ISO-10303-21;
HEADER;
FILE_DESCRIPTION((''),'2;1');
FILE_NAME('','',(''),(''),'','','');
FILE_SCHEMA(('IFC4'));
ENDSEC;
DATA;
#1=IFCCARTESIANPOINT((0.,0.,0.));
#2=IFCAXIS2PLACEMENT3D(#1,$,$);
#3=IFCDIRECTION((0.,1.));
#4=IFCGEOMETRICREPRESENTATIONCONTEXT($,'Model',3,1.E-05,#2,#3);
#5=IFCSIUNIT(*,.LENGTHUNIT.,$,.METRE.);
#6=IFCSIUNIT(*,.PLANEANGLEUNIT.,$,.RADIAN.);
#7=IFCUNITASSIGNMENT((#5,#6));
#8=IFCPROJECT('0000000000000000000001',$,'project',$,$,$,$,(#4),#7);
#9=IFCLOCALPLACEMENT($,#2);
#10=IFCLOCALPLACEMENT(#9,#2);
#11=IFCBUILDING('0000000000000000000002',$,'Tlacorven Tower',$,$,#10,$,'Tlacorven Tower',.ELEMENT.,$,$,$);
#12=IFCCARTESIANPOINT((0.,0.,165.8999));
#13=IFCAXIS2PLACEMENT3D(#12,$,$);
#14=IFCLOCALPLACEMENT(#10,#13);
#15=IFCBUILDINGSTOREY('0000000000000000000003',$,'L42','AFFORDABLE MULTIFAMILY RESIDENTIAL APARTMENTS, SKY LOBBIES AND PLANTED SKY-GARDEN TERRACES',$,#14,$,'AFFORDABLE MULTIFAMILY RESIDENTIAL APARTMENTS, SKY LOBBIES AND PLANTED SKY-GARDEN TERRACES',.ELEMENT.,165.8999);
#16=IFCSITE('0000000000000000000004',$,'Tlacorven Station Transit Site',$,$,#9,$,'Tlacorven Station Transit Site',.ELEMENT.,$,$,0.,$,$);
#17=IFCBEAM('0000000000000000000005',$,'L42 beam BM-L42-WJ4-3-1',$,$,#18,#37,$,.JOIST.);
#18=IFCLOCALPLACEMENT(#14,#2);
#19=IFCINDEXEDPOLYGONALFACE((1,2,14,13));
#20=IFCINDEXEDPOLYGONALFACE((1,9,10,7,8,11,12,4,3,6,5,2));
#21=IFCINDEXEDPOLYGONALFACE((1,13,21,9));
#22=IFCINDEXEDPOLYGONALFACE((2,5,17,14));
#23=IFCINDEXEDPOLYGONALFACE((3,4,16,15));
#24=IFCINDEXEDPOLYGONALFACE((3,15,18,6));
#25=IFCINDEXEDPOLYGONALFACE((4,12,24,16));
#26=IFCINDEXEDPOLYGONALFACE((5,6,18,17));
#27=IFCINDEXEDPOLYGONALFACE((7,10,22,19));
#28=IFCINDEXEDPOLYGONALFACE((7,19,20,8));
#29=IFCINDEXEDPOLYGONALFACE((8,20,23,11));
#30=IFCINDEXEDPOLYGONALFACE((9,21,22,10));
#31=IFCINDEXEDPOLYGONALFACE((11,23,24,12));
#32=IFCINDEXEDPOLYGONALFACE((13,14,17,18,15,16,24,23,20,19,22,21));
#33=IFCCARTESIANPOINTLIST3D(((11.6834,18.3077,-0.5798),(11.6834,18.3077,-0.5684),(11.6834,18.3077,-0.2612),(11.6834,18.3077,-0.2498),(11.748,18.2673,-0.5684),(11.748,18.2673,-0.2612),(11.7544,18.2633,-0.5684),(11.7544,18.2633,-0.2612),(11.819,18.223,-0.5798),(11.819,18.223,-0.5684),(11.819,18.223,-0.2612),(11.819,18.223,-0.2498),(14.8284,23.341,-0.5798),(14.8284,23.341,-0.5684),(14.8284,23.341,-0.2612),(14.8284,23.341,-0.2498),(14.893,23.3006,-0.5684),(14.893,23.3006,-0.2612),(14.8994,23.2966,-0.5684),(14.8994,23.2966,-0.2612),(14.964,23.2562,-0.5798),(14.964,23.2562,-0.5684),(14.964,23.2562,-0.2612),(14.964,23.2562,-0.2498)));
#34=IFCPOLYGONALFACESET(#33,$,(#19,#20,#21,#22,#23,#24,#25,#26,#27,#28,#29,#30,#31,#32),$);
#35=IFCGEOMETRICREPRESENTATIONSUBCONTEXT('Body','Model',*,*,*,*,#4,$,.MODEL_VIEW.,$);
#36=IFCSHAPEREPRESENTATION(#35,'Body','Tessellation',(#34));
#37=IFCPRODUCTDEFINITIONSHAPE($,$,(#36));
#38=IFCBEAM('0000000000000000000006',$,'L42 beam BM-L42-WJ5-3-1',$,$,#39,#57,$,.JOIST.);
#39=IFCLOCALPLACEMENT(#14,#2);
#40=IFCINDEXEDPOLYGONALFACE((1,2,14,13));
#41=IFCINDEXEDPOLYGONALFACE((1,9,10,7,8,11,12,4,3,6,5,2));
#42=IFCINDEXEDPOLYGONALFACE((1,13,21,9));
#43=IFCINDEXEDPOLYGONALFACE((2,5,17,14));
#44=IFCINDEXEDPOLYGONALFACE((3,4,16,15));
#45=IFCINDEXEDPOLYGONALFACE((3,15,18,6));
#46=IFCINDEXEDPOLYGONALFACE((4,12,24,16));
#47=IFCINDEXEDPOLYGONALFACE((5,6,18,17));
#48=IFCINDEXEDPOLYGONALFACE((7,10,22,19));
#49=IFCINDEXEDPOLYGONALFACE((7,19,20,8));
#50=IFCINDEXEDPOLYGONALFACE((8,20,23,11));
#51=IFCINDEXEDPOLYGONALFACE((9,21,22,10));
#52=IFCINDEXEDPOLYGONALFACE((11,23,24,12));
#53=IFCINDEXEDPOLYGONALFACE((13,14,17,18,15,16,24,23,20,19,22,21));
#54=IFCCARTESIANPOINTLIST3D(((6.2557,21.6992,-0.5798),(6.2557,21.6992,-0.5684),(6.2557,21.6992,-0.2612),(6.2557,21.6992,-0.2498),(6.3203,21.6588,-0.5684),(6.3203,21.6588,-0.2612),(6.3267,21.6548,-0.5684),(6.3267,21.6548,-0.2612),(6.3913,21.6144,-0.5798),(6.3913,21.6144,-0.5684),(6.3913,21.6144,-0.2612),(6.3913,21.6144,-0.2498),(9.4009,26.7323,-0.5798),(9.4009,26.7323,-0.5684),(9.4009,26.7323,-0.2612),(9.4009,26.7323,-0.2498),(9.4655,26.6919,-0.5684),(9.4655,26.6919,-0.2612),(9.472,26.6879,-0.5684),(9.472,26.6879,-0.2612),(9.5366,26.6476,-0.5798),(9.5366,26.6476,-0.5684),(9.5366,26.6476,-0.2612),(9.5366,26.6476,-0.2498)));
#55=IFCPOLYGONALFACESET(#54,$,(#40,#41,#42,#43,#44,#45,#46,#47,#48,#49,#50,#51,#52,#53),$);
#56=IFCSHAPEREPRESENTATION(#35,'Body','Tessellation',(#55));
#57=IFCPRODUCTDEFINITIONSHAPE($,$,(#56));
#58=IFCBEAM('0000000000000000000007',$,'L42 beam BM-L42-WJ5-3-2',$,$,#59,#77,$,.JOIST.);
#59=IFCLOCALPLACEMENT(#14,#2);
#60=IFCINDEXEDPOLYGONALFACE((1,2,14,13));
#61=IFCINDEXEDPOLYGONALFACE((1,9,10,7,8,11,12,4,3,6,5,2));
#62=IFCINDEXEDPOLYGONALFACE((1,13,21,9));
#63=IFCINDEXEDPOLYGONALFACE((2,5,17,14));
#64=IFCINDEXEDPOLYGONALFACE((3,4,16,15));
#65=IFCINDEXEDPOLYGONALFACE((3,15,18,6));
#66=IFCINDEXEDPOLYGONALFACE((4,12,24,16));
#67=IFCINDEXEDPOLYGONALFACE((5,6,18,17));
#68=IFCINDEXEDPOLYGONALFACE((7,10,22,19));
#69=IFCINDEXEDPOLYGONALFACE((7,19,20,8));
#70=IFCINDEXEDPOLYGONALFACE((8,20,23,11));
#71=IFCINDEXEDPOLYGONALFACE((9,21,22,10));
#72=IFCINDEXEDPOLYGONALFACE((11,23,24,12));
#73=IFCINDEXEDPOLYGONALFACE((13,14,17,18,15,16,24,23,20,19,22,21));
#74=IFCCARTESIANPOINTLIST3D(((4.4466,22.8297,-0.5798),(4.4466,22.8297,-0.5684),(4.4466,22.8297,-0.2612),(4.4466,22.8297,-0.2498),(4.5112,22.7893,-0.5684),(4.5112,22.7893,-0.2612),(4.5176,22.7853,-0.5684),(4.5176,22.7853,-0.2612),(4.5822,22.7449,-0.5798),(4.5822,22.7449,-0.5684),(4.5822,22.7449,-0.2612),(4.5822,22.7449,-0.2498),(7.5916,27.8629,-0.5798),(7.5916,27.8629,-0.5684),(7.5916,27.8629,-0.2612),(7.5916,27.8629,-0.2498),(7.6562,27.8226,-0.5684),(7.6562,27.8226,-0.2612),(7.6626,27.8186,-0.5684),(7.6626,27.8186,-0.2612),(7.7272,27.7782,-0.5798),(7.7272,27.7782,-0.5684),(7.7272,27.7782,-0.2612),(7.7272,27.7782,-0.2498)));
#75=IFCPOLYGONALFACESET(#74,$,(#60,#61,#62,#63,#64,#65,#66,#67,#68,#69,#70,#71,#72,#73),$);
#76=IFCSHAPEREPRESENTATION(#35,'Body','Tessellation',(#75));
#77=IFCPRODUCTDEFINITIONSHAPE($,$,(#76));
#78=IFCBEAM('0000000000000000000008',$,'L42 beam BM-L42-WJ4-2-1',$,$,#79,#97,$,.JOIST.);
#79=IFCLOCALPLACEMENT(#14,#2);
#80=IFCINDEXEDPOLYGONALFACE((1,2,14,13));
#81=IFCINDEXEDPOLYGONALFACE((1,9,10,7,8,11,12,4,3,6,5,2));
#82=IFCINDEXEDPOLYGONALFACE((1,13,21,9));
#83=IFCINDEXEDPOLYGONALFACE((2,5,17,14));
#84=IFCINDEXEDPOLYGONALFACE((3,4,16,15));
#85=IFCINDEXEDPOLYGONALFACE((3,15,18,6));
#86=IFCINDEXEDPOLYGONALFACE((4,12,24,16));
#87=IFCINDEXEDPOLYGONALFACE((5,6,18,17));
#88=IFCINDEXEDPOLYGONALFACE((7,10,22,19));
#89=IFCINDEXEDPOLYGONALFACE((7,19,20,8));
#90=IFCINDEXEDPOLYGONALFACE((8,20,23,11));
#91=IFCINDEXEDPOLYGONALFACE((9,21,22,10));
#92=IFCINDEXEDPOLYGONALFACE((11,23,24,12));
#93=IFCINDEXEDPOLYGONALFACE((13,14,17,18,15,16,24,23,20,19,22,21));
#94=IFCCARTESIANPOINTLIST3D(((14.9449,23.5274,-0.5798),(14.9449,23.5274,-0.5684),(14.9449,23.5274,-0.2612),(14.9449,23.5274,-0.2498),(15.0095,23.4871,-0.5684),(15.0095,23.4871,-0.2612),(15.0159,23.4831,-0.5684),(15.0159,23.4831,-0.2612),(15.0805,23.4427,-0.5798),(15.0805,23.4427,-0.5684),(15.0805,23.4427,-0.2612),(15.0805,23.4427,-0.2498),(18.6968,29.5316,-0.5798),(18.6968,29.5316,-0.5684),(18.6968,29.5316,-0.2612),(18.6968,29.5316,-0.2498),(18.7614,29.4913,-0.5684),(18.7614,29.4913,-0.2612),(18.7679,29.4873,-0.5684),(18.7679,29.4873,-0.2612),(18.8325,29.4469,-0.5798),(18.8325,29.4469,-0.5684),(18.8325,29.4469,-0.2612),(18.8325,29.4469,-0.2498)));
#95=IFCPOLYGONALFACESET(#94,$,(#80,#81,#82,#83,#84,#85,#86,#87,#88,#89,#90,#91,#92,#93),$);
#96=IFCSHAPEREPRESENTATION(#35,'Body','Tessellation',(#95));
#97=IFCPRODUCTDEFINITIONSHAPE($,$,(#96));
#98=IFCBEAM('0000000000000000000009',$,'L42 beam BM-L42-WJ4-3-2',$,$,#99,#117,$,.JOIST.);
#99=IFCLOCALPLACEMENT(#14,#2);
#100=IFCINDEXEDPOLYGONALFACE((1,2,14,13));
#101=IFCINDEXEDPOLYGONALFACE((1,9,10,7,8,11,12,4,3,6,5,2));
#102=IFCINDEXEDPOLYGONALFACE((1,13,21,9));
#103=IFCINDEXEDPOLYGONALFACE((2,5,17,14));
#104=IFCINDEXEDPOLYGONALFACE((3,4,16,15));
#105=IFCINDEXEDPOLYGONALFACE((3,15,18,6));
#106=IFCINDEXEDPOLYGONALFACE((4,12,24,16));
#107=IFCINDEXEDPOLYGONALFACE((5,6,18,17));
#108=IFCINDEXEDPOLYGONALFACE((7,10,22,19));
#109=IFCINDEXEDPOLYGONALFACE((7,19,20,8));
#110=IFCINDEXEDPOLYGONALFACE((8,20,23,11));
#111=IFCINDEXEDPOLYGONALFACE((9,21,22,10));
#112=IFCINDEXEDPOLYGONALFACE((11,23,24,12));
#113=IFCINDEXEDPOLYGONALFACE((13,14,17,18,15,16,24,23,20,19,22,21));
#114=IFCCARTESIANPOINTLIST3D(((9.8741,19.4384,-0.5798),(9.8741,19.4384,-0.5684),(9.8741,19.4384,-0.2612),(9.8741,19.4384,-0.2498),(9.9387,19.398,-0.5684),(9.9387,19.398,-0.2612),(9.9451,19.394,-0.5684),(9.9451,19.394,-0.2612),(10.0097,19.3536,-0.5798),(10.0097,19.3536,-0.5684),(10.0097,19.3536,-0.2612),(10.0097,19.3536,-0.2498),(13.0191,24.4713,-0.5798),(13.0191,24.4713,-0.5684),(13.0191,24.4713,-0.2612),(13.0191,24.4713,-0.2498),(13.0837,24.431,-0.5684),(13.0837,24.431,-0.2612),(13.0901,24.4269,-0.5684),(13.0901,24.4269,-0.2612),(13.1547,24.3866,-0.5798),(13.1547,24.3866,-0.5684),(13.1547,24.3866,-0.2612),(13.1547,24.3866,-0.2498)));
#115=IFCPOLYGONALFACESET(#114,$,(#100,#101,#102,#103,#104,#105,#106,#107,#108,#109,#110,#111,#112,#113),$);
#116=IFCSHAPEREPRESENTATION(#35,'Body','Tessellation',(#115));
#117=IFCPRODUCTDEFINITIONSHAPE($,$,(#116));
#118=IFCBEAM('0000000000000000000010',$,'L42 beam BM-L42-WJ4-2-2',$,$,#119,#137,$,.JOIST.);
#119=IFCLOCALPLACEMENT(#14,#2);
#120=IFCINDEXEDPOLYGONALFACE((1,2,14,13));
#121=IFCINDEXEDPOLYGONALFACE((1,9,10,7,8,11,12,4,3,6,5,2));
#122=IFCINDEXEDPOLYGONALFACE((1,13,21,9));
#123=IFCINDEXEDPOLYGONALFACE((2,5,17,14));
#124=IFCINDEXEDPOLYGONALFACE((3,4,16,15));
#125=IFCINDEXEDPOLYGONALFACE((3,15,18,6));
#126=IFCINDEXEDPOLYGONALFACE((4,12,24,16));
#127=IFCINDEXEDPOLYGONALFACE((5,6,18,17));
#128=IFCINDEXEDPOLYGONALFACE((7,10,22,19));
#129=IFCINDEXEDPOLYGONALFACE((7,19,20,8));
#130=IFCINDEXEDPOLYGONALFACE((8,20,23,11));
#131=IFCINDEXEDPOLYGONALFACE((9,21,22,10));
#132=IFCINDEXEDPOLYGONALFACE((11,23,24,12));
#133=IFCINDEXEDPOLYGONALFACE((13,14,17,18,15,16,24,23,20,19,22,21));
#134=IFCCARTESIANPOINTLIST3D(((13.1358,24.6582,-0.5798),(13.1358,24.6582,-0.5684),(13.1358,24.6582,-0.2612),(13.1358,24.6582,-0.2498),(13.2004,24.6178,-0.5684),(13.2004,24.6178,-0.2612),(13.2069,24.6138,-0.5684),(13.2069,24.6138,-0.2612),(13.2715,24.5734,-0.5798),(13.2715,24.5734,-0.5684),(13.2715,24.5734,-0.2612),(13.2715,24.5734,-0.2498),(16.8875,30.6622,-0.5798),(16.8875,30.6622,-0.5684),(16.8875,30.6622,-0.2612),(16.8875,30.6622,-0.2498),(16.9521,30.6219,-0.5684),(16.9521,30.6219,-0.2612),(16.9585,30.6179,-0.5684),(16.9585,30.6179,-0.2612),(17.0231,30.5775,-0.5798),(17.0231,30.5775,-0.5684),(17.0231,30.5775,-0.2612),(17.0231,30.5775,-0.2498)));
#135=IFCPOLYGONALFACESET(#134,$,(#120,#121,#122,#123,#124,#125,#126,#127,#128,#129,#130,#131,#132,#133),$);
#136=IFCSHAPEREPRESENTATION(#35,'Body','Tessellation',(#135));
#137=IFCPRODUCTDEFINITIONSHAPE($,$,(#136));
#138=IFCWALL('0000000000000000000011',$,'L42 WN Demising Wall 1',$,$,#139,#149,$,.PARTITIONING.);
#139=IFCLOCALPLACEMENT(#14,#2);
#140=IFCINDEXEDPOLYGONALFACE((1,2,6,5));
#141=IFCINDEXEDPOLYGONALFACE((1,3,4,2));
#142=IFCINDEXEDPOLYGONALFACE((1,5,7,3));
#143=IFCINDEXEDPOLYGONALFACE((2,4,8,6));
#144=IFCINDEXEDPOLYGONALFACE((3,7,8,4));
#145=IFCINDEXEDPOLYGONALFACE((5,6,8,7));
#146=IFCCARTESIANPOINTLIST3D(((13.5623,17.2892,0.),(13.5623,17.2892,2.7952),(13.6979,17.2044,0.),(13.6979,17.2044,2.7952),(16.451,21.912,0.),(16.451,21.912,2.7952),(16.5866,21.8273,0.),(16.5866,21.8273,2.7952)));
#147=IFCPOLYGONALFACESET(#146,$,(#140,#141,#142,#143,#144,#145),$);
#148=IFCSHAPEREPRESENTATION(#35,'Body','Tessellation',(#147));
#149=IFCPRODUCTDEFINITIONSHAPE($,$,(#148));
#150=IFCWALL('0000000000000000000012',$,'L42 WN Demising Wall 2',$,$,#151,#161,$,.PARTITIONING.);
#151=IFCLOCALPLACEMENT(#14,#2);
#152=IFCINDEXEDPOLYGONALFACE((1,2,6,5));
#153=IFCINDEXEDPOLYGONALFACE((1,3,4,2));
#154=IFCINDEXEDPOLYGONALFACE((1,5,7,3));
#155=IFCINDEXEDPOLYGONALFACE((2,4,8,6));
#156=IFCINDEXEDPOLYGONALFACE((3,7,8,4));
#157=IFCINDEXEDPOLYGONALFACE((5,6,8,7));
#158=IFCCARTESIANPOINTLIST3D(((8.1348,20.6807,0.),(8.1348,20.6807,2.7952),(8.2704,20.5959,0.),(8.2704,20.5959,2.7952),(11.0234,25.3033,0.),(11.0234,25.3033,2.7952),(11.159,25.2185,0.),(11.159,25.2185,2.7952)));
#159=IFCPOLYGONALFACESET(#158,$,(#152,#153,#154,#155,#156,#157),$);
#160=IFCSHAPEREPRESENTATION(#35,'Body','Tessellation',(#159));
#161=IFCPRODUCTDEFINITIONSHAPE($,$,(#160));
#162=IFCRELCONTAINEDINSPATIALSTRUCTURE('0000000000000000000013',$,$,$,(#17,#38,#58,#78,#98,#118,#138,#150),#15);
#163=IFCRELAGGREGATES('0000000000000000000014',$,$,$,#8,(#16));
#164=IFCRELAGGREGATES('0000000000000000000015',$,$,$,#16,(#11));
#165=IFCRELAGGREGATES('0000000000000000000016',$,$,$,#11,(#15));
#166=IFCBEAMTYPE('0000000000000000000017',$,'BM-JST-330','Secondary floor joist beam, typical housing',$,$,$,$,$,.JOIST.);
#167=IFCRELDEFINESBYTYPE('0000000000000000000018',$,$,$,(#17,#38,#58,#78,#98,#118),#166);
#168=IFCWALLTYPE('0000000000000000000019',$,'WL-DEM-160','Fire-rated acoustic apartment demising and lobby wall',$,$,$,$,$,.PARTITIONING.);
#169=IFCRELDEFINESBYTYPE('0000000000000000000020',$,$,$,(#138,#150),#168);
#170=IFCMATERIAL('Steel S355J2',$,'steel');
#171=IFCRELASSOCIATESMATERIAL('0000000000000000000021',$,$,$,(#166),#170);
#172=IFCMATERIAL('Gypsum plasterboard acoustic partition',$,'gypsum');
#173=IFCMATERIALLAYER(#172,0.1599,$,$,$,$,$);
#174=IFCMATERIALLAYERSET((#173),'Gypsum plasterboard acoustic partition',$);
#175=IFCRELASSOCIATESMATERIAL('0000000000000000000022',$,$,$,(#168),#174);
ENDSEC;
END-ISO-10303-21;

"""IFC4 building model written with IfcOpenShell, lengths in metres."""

from ifc_helpers import new_model, si_unit, direction, frame, frame_2d, origin, origin_2d, place, context, subcontext, project, spatial, rectangle, i_section, extrude, source, transform, mapped, material, layer, layer_set, material_profile, profile_set, type_object, element, save


model = new_model("IFC4")

# Units and contexts
model_context = context("Model", 3, precision=1e-05, world=origin(), true_north=direction((0.0, 1.0)))
body_context = subcontext(model_context, "Body", "Model", "MODEL_VIEW")
ifc_project = project(units=[si_unit("LENGTHUNIT", "METRE"), si_unit("PLANEANGLEUNIT", "RADIAN")], contexts=[model_context])

# Site, building, storey
site_placement = place(None, origin())
site = spatial("IfcSite", under=ifc_project, at=site_placement, Name="Tlacorven Station Transit Site", LongName="Tlacorven Station Transit Site", CompositionType="ELEMENT", RefElevation=0.0)
building_placement = place(site_placement, origin())
building = spatial("IfcBuilding", under=site, at=building_placement, Name="Tlacorven Tower", LongName="Tlacorven Tower", CompositionType="ELEMENT")
storey_placement = place(building_placement, frame((0.0, 0.0, 165.8999)))
storey = spatial("IfcBuildingStorey", under=building, at=storey_placement, Name="L42", Description="AFFORDABLE MULTIFAMILY RESIDENTIAL APARTMENTS, SKY LOBBIES AND PLANTED SKY-GARDEN TERRACES", LongName="AFFORDABLE MULTIFAMILY RESIDENTIAL APARTMENTS, SKY LOBBIES AND PLANTED SKY-GARDEN TERRACES", CompositionType="ELEMENT", Elevation=165.8999)

# Beams
ifc_material_1 = material(Name="Steel S355J2", Category="steel")
ifc_material_profile_1 = material_profile(ifc_material_1, i_section(OverallWidth=0.1599, OverallDepth=0.3301, WebThickness=0.0076, FlangeThickness=0.0115, at=origin_2d()), Name="IPE 330")
ifc_profile_set_1 = profile_set([ifc_material_profile_1], Name="Steel S355J2")
beam_type_1 = type_object("IfcBeamType", Name="BM-JST-330", Description="Secondary floor joist beam, typical housing", PredefinedType="JOIST", material=ifc_profile_set_1)
shared_shape_1 = source(origin(), body_context, "Body", "SweptSolid", [
    extrude(i_section(OverallWidth=0.1599, OverallDepth=0.3301, WebThickness=0.0076, FlangeThickness=0.0115, at=origin_2d()), origin(), (0.0, 0.0, 1.0), 5.9351),
])
for number, where, z_axis, x_axis, name in (
    (1, (14.8962, 23.2986, -0.4148), (-0.52991, -0.848054, 0.0), (0.848054, -0.52991, 0.0), "L42 beam BM-L42-WJ4-3-1"),
    (2, (9.4688, 26.6899, -0.4148), (-0.52994, -0.848035, 0.0), (0.848035, -0.52994, 0.0), "L42 beam BM-L42-WJ5-3-1"),
    (3, (7.6594, 27.8206, -0.4148), (-0.52991, -0.848054, 0.0), (0.848054, -0.52991, 0.0), "L42 beam BM-L42-WJ5-3-2"),
):
    element("IfcBeam", number, at=place(storey_placement, frame(where, z_axis=z_axis, x_axis=x_axis)), inside=storey, type_object=beam_type_1, Name=name, PredefinedType="JOIST", context=body_context, shape_type="MappedRepresentation", body=[
        mapped(shared_shape_1, transform((0.0, 0.0, 0.0), scale=1.0)),
    ])
shared_shape_2 = source(origin(), body_context, "Body", "SweptSolid", [
    extrude(i_section(OverallWidth=0.1599, OverallDepth=0.3301, WebThickness=0.0076, FlangeThickness=0.0115, at=origin_2d()), origin(), (0.0, 0.0, 1.0), 7.0801),
])
beam_1_placement = place(storey_placement, frame((18.7646, 29.4893, -0.4148), z_axis=(-0.529934, -0.848039, 0.0), x_axis=(0.848039, -0.529934, 0.0)))
element("IfcBeam", 4, at=beam_1_placement, inside=storey, type_object=beam_type_1, Name="L42 beam BM-L42-WJ4-2-1", PredefinedType="JOIST", context=body_context, shape_type="MappedRepresentation", body=[
    mapped(shared_shape_2, transform((0.0, 0.0, 0.0), scale=1.0)),
])
shared_shape_3 = source(origin(), body_context, "Body", "SweptSolid", [
    extrude(i_section(OverallWidth=0.1599, OverallDepth=0.3301, WebThickness=0.0076, FlangeThickness=0.0115, at=origin_2d()), origin(), (0.0, 0.0, 1.0), 5.9348),
])
beam_2_placement = place(storey_placement, frame((13.0869, 24.429, -0.4148), z_axis=(-0.529929, -0.848042, 0.0), x_axis=(0.848042, -0.529929, 0.0)))
element("IfcBeam", 5, at=beam_2_placement, inside=storey, type_object=beam_type_1, Name="L42 beam BM-L42-WJ4-3-2", PredefinedType="JOIST", context=body_context, shape_type="MappedRepresentation", body=[
    mapped(shared_shape_3, transform((0.0, 0.0, 0.0), scale=1.0)),
])
shared_shape_4 = source(origin(), body_context, "Body", "SweptSolid", [
    extrude(i_section(OverallWidth=0.1599, OverallDepth=0.3301, WebThickness=0.0076, FlangeThickness=0.0115, at=origin_2d()), origin(), (0.0, 0.0, 1.0), 7.0798),
])
beam_3_placement = place(storey_placement, frame((16.9553, 30.6199, -0.4148), z_axis=(-0.529909, -0.848054, 0.0), x_axis=(0.848054, -0.529909, 0.0)))
element("IfcBeam", 6, at=beam_3_placement, inside=storey, type_object=beam_type_1, Name="L42 beam BM-L42-WJ4-2-2", PredefinedType="JOIST", context=body_context, shape_type="MappedRepresentation", body=[
    mapped(shared_shape_4, transform((0.0, 0.0, 0.0), scale=1.0)),
])

# Walls
ifc_material_2 = material(Name="Gypsum plasterboard acoustic partition", Category="gypsum")
ifc_layer_1 = layer(ifc_material_2, 0.1599)
ifc_layer_set_1 = layer_set([ifc_layer_1], Name="Gypsum plasterboard acoustic partition")
wall_type_1 = type_object("IfcWallType", Name="WL-DEM-160", Description="Fire-rated acoustic apartment demising and lobby wall", PredefinedType="PARTITIONING", material=ifc_layer_set_1)
wall_1_placement = place(storey_placement, frame((16.5188, 21.8696, 0.0), z_axis=(0.0, 0.0, 1.0), x_axis=(-0.529922, -0.848046, 0.0)))
element("IfcWall", 7, at=wall_1_placement, inside=storey, type_object=wall_type_1, Name="L42 WN Demising Wall 1", PredefinedType="PARTITIONING", context=body_context, shape_type="SweptSolid", body=[
    extrude(rectangle(XDim=5.4512, YDim=0.1599, at=frame_2d((2.7256, 0.0))), origin(), (0.0, 0.0, 1.0), 2.7952),
])
wall_2_placement = place(storey_placement, frame((11.0913, 25.261, 0.0), z_axis=(0.0, 0.0, 1.0), x_axis=(-0.529943, -0.848034, 0.0)))
element("IfcWall", 8, at=wall_2_placement, inside=storey, type_object=wall_type_1, Name="L42 WN Demising Wall 2", PredefinedType="PARTITIONING", context=body_context, shape_type="SweptSolid", body=[
    extrude(rectangle(XDim=5.4509, YDim=0.1599, at=frame_2d((2.7256, 0.0))), origin(), (0.0, 0.0, 1.0), 2.7952),
])

save(model, "model.ifc")
